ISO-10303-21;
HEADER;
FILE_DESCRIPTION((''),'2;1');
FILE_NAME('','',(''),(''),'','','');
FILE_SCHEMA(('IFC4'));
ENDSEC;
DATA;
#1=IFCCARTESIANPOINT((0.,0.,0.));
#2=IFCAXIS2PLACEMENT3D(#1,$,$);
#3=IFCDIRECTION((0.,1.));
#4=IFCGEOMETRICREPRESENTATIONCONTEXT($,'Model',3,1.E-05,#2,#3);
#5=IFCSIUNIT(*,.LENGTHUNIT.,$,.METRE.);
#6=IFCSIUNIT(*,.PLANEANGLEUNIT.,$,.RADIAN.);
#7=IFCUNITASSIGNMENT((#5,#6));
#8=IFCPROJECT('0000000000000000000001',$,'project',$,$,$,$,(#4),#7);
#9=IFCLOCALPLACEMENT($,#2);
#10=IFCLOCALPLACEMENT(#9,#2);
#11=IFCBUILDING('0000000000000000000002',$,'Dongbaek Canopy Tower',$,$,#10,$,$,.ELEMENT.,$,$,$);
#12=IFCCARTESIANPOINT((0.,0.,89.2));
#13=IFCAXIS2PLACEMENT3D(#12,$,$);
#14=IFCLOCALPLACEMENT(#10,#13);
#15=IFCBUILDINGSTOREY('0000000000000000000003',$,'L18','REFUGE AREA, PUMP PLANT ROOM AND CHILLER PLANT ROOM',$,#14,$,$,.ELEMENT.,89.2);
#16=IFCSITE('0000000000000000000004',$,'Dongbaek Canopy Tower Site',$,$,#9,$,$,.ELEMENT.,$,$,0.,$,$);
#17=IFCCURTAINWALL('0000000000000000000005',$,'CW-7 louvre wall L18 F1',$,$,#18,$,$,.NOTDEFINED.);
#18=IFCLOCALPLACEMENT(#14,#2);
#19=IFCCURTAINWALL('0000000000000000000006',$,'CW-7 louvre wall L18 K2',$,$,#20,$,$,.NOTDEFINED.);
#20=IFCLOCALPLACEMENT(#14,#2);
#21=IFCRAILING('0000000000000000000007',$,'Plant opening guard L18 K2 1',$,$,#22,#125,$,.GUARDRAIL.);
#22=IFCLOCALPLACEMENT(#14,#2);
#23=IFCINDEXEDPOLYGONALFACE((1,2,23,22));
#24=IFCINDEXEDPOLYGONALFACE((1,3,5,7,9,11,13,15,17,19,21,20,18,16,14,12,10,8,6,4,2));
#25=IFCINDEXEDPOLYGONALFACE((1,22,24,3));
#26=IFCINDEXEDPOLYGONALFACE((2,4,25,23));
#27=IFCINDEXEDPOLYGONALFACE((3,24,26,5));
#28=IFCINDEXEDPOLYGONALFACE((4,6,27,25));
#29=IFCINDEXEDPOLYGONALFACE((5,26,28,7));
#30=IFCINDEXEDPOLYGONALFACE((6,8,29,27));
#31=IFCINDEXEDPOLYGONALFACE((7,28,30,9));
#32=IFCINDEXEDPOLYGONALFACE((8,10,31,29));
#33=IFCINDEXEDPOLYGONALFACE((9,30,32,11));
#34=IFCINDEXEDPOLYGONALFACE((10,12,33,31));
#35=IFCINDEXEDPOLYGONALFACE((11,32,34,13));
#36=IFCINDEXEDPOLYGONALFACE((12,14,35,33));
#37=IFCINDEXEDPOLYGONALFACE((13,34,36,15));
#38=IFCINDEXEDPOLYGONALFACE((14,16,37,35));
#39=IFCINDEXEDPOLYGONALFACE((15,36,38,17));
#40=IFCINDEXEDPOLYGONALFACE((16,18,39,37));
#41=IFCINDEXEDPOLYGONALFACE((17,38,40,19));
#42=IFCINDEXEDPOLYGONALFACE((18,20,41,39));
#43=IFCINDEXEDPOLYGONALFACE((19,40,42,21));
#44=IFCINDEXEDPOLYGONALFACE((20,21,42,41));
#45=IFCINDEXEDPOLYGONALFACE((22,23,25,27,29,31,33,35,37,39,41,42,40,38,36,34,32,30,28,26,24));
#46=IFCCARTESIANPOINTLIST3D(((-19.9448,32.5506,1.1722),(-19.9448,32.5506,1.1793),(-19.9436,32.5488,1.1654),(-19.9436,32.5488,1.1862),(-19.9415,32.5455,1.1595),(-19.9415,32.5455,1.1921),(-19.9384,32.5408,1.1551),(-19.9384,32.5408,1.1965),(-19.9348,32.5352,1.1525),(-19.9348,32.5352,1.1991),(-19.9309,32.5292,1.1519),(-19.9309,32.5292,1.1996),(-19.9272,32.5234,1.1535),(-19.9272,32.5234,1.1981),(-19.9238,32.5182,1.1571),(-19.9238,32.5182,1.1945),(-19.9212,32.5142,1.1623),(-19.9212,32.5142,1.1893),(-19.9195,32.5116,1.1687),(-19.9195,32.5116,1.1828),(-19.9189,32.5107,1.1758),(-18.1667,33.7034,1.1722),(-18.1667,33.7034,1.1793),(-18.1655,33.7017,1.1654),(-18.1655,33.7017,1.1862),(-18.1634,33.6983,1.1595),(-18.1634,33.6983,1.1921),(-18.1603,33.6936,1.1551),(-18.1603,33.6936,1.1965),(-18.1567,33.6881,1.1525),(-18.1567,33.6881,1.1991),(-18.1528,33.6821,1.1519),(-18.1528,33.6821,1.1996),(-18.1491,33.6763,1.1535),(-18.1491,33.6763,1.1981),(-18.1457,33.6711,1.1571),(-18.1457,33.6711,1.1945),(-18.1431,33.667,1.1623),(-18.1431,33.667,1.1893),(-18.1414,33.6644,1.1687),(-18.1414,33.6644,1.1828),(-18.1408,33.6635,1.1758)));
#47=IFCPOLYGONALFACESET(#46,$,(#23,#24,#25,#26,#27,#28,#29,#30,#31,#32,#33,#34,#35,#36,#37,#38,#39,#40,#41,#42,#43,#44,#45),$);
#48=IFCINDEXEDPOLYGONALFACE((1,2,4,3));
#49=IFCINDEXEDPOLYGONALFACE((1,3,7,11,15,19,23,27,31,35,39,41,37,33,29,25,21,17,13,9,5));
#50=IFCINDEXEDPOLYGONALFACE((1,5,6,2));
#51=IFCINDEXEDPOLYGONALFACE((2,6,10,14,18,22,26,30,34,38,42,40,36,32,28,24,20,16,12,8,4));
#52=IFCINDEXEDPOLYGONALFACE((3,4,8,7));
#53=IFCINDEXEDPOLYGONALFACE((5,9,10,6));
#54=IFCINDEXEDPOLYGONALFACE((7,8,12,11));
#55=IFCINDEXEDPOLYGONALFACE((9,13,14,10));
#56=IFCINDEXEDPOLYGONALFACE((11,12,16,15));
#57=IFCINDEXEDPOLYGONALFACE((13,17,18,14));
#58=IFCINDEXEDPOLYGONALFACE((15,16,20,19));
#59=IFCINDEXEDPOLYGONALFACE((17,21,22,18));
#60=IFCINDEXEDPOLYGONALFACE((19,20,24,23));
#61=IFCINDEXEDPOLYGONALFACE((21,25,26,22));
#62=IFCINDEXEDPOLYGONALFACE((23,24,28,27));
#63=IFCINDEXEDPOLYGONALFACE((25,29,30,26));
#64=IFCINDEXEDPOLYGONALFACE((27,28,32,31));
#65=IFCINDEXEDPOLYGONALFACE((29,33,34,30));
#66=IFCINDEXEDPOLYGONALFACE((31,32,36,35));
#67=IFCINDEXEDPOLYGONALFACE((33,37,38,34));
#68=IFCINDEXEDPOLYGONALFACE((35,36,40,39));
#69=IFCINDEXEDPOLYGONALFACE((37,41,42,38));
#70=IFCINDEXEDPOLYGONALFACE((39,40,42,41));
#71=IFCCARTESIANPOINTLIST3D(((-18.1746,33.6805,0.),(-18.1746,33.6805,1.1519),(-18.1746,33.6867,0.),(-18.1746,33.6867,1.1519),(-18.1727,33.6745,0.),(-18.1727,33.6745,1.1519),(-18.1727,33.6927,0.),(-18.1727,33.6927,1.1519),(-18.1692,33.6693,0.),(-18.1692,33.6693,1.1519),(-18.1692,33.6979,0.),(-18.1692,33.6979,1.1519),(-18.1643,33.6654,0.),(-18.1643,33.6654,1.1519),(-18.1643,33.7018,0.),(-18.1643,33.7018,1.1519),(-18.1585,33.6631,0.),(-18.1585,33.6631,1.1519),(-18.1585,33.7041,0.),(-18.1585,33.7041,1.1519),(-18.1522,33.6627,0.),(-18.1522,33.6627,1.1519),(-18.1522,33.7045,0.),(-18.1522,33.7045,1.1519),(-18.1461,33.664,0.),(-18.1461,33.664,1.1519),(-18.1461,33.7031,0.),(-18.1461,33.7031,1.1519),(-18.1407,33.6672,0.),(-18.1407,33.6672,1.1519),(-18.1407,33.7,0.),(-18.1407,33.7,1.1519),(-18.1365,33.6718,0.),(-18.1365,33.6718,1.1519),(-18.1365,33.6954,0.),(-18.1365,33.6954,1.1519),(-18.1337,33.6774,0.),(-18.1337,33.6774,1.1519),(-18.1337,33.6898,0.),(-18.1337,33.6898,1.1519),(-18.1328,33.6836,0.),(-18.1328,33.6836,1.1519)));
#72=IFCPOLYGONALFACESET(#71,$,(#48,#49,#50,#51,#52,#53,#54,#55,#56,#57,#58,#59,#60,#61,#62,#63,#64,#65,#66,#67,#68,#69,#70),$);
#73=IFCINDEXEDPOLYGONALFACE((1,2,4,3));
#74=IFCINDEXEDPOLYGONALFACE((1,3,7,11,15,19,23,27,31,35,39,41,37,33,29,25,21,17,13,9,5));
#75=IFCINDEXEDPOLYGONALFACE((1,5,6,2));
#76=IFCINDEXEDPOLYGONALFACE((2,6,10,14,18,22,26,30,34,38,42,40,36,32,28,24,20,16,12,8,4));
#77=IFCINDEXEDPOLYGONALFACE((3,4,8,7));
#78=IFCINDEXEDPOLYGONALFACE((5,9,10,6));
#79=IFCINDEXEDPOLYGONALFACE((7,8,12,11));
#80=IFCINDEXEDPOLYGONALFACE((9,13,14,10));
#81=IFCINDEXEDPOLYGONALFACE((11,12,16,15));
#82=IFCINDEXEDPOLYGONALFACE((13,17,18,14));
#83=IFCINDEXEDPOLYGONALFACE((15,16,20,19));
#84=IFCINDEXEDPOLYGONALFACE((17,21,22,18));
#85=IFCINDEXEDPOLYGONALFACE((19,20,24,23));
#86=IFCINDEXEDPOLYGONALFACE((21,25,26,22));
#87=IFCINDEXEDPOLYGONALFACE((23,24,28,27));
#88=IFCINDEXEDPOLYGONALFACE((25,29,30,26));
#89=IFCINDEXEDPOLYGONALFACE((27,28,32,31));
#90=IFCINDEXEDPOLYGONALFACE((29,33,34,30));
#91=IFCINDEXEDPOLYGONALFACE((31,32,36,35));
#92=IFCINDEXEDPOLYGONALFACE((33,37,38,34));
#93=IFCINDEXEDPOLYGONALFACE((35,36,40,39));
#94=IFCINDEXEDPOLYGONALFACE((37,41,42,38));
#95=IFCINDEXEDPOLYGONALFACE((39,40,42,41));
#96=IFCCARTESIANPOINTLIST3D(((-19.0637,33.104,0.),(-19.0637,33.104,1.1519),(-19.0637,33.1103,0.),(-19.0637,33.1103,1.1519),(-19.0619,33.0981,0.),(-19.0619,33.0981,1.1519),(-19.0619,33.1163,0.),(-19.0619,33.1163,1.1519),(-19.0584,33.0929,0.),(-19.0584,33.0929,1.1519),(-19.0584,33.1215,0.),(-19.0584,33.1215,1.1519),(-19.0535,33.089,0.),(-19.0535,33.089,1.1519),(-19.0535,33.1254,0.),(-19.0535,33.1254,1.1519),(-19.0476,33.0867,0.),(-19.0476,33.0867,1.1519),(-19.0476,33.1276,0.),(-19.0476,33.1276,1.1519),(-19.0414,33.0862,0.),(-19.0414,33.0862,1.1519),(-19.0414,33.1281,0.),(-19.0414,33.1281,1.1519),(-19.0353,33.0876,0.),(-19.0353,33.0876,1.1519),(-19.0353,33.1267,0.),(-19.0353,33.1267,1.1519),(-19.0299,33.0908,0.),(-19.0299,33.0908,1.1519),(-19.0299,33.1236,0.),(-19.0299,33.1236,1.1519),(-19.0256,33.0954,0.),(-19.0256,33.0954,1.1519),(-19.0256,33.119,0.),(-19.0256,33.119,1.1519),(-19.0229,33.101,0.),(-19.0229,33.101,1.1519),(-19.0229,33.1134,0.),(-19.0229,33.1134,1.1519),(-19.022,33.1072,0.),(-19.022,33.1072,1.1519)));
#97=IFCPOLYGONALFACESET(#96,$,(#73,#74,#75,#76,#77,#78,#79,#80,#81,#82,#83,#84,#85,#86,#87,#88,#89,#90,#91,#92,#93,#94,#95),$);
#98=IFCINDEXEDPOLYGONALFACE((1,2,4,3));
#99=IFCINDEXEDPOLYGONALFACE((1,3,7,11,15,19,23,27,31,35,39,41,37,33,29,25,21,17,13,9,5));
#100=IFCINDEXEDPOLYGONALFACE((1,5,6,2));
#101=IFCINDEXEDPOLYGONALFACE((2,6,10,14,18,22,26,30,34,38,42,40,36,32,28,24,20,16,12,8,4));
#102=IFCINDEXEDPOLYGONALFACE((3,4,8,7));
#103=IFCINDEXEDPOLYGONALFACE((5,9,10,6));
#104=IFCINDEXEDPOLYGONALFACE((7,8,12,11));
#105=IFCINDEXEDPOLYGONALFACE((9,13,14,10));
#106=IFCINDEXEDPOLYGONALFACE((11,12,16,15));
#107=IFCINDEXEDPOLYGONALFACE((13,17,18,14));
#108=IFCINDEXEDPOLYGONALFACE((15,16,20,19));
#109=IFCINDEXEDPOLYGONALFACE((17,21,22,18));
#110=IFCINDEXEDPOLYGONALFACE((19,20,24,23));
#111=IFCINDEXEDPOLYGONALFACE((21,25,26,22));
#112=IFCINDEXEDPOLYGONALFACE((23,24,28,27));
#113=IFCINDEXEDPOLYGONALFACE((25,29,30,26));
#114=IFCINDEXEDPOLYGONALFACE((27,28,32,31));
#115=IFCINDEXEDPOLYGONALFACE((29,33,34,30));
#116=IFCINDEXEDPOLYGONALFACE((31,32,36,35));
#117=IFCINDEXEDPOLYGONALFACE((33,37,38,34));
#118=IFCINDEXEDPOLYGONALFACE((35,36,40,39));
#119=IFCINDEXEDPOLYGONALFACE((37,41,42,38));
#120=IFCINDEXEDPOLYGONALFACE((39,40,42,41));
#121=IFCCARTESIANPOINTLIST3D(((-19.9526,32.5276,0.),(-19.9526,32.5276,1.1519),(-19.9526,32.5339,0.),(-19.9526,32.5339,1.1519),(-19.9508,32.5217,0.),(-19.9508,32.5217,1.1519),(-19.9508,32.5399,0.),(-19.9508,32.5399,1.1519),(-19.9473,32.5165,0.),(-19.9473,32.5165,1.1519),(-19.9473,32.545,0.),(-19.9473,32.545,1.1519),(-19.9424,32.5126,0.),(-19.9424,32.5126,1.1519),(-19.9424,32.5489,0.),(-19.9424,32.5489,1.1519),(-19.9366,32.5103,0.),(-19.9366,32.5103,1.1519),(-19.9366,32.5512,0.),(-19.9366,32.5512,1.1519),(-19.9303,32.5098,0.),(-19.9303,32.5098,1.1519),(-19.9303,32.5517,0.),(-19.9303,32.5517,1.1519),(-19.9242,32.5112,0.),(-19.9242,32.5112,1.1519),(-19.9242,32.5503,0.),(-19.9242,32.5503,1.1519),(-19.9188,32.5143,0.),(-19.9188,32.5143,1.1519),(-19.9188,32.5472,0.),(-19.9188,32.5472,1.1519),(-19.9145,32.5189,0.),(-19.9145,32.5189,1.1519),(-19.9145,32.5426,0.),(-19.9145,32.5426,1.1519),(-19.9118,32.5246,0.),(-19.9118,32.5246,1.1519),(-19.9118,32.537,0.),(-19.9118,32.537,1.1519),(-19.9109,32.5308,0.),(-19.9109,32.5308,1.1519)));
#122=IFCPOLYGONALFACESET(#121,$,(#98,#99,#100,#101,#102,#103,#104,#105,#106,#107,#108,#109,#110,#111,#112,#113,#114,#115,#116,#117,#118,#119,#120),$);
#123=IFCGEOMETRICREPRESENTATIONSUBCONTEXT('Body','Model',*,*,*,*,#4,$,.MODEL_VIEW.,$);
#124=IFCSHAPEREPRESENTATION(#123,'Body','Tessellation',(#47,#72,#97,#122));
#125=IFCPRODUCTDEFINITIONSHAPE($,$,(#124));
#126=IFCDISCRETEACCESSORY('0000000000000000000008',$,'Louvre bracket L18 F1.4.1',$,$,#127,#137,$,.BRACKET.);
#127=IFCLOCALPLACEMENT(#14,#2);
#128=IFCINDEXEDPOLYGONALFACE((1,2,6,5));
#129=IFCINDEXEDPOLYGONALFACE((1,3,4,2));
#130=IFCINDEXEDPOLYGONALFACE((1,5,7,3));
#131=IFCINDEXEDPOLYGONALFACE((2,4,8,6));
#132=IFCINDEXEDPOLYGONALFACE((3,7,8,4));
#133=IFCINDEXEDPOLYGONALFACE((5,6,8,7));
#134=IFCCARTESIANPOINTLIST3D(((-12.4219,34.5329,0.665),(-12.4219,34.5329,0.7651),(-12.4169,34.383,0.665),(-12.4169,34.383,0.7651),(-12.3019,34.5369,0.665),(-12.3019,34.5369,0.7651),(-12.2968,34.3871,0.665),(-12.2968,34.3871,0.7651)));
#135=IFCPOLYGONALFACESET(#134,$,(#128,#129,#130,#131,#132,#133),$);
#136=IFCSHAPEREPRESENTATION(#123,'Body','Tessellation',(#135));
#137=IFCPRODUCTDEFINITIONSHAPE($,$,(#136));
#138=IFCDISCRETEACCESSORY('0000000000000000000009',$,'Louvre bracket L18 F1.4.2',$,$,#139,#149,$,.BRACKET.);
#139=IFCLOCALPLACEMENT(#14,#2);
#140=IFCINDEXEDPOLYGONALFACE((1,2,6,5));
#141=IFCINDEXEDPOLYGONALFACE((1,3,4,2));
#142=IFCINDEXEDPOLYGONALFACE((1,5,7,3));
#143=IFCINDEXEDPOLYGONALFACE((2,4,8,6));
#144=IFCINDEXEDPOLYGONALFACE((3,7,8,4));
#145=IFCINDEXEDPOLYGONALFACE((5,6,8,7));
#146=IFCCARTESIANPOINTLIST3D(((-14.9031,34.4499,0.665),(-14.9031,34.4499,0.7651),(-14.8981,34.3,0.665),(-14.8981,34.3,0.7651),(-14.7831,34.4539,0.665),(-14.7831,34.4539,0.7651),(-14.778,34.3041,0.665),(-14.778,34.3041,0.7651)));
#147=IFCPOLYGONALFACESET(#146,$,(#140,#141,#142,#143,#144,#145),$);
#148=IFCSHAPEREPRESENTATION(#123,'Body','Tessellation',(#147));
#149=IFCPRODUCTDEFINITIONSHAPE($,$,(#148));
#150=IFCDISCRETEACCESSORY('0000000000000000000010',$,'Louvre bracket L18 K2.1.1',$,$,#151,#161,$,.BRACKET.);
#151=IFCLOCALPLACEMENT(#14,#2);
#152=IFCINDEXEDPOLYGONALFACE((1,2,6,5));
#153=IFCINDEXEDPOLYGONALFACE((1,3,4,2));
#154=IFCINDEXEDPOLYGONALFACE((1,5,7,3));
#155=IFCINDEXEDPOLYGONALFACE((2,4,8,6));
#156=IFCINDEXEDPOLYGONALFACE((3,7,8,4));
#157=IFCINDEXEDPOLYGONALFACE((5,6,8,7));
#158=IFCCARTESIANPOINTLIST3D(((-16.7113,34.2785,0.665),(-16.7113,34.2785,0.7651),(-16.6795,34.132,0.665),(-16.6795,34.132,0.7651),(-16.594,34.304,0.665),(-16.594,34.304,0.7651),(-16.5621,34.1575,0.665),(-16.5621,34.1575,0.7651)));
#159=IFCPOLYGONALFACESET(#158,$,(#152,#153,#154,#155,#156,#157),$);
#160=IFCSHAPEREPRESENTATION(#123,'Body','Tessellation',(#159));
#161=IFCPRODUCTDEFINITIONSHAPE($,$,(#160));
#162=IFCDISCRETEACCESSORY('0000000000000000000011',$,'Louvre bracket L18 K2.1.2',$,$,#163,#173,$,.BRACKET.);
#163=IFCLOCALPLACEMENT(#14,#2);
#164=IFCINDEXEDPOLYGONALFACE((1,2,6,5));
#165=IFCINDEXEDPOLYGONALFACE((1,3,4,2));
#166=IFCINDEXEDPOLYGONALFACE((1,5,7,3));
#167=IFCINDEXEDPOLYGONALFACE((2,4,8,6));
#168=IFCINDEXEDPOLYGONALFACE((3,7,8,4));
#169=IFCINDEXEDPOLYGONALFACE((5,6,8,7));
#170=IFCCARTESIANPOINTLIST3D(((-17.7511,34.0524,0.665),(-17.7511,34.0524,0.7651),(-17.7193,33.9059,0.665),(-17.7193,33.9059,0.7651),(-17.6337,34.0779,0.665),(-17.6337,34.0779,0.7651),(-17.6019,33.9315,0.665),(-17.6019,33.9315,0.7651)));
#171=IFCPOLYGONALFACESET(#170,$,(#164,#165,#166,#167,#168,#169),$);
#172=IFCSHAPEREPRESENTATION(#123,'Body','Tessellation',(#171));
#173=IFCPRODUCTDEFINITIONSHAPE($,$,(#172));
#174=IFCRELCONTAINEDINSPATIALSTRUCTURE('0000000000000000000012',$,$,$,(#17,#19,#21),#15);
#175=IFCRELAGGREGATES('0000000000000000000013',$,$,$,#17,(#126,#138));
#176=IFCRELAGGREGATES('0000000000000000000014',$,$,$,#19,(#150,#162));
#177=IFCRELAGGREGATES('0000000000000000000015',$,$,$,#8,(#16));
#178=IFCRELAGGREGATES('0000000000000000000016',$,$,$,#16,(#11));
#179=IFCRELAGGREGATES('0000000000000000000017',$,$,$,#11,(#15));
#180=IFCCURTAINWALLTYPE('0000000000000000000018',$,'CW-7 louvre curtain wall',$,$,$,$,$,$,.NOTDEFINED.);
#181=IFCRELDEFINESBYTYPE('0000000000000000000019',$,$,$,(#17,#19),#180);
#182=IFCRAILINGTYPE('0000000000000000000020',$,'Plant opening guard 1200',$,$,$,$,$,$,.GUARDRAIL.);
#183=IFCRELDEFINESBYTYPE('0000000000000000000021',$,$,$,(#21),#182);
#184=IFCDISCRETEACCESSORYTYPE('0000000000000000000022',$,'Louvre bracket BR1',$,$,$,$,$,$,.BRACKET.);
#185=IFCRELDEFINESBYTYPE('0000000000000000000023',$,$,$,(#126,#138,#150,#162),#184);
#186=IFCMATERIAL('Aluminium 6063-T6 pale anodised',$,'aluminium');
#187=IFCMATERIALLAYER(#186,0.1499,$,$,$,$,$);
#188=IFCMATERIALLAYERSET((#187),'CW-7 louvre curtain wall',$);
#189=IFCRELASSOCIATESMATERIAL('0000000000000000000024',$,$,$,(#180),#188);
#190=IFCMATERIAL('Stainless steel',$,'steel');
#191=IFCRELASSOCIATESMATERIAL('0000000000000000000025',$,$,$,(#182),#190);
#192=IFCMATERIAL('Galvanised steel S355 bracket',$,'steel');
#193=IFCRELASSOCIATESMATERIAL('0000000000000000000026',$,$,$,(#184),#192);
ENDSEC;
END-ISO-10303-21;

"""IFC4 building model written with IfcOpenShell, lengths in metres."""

from ifc_helpers import new_model, si_unit, direction, frame, origin, origin_2d, place, context, subcontext, project, spatial, rectangle, circle, extrude, material, layer, layer_set, type_object, element, aggregate, save


model = new_model("IFC4")

# Units and contexts
model_context = context("Model", 3, precision=1e-05, world=origin(), true_north=direction((0.0, 1.0)))
body_context = subcontext(model_context, "Body", "Model", "MODEL_VIEW")
ifc_project = project(units=[si_unit("LENGTHUNIT", "METRE"), si_unit("PLANEANGLEUNIT", "RADIAN")], contexts=[model_context])

# Site, building, storey
site_placement = place(None, origin())
site = spatial("IfcSite", under=ifc_project, at=site_placement, Name="Dongbaek Canopy Tower Site", CompositionType="ELEMENT", RefElevation=0.0)
building_placement = place(site_placement, origin())
building = spatial("IfcBuilding", under=site, at=building_placement, Name="Dongbaek Canopy Tower", CompositionType="ELEMENT")
storey_placement = place(building_placement, frame((0.0, 0.0, 89.2)))
storey = spatial("IfcBuildingStorey", under=building, at=storey_placement, Name="L18", Description="REFUGE AREA, PUMP PLANT ROOM AND CHILLER PLANT ROOM", CompositionType="ELEMENT", Elevation=89.2)

# Curtain walls
ifc_material_1 = material(Name="Aluminium 6063-T6 pale anodised", Category="aluminium")
ifc_layer_1 = layer(ifc_material_1, 0.1499)
ifc_layer_set_1 = layer_set([ifc_layer_1], Name="CW-7 louvre curtain wall")
curtain_wall_type = type_object("IfcCurtainWallType", Name="CW-7 louvre curtain wall", PredefinedType="NOTDEFINED", material=ifc_layer_set_1)
curtain_wall_1_placement = place(storey_placement, origin())
curtain_wall_1 = element("IfcCurtainWall", 1, at=curtain_wall_1_placement, inside=storey, type_object=curtain_wall_type, Name="CW-7 louvre wall L18 F1", PredefinedType="NOTDEFINED")
curtain_wall_2_placement = place(storey_placement, origin())
curtain_wall_2 = element("IfcCurtainWall", 2, at=curtain_wall_2_placement, inside=storey, type_object=curtain_wall_type, Name="CW-7 louvre wall L18 K2", PredefinedType="NOTDEFINED")

# Railing
ifc_material_2 = material(Name="Stainless steel", Category="steel")
railing_type = type_object("IfcRailingType", Name="Plant opening guard 1200", PredefinedType="GUARDRAIL", material=ifc_material_2)
railing_placement = place(storey_placement, frame((-18.1538, 33.6836, 0.0)))
element("IfcRailing", 3, at=railing_placement, inside=storey, type_object=railing_type, Name="Plant opening guard L18 K2 1", PredefinedType="GUARDRAIL", context=body_context, shape_type="SweptSolid", body=[
    extrude(circle(Radius=0.0239, at=origin_2d()), frame((0.0, 0.0, 1.1758), z_axis=(-0.839072, -0.54402, 0.0), x_axis=(0.54402, -0.839072, 0.0)), (0.0, 0.0, 1.0), 2.1191),
    extrude(circle(Radius=0.021, at=origin_2d()), origin(), (0.0, 0.0, 1.0), 1.1519),
    extrude(circle(Radius=0.021, at=origin_2d()), frame((-0.8892, -0.5764, 0.0)), (0.0, 0.0, 1.0), 1.1519),
    extrude(circle(Radius=0.021, at=origin_2d()), frame((-1.7781, -1.1528, 0.0)), (0.0, 0.0, 1.0), 1.1519),
])

# Discrete accessories
ifc_material_3 = material(Name="Galvanised steel S355 bracket", Category="steel")
discrete_accessory_type = type_object("IfcDiscreteAccessoryType", Name="Louvre bracket BR1", PredefinedType="BRACKET", material=ifc_material_3)
discrete_accessory_1_placement = place(storey_placement, frame((-12.3594, 34.46, 0.665), z_axis=(0.0, 0.0, 1.0), x_axis=(-0.999441, -0.033442, 0.0)))
discrete_accessory_1 = element("IfcDiscreteAccessory", 4, at=discrete_accessory_1_placement, type_object=discrete_accessory_type, Name="Louvre bracket L18 F1.4.1", PredefinedType="BRACKET", context=body_context, shape_type="SweptSolid", body=[
    extrude(rectangle(XDim=0.1201, YDim=0.1499, at=origin_2d()), origin(), (0.0, 0.0, 1.0), 0.1001),
])
discrete_accessory_2_placement = place(storey_placement, frame((-14.8406, 34.377, 0.665), z_axis=(0.0, 0.0, 1.0), x_axis=(-0.999441, -0.033442, 0.0)))
discrete_accessory_2 = element("IfcDiscreteAccessory", 5, at=discrete_accessory_2_placement, type_object=discrete_accessory_type, Name="Louvre bracket L18 F1.4.2", PredefinedType="BRACKET", context=body_context, shape_type="SweptSolid", body=[
    extrude(rectangle(XDim=0.1201, YDim=0.1499, at=origin_2d()), origin(), (0.0, 0.0, 1.0), 0.1001),
])
aggregate(curtain_wall_1, [discrete_accessory_1, discrete_accessory_2])
discrete_accessory_3_placement = place(storey_placement, frame((-16.6367, 34.218, 0.665), z_axis=(0.0, 0.0, 1.0), x_axis=(-0.977179, -0.212419, 0.0)))
discrete_accessory_3 = element("IfcDiscreteAccessory", 6, at=discrete_accessory_3_placement, type_object=discrete_accessory_type, Name="Louvre bracket L18 K2.1.1", PredefinedType="BRACKET", context=body_context, shape_type="SweptSolid", body=[
    extrude(rectangle(XDim=0.1201, YDim=0.1499, at=origin_2d()), origin(), (0.0, 0.0, 1.0), 0.1001),
])
discrete_accessory_4_placement = place(storey_placement, frame((-17.6765, 33.9919, 0.665), z_axis=(0.0, 0.0, 1.0), x_axis=(-0.977179, -0.212419, 0.0)))
discrete_accessory_4 = element("IfcDiscreteAccessory", 7, at=discrete_accessory_4_placement, type_object=discrete_accessory_type, Name="Louvre bracket L18 K2.1.2", PredefinedType="BRACKET", context=body_context, shape_type="SweptSolid", body=[
    extrude(rectangle(XDim=0.1201, YDim=0.1499, at=origin_2d()), origin(), (0.0, 0.0, 1.0), 0.1001),
])
aggregate(curtain_wall_2, [discrete_accessory_3, discrete_accessory_4])

save(model, "model.ifc")
